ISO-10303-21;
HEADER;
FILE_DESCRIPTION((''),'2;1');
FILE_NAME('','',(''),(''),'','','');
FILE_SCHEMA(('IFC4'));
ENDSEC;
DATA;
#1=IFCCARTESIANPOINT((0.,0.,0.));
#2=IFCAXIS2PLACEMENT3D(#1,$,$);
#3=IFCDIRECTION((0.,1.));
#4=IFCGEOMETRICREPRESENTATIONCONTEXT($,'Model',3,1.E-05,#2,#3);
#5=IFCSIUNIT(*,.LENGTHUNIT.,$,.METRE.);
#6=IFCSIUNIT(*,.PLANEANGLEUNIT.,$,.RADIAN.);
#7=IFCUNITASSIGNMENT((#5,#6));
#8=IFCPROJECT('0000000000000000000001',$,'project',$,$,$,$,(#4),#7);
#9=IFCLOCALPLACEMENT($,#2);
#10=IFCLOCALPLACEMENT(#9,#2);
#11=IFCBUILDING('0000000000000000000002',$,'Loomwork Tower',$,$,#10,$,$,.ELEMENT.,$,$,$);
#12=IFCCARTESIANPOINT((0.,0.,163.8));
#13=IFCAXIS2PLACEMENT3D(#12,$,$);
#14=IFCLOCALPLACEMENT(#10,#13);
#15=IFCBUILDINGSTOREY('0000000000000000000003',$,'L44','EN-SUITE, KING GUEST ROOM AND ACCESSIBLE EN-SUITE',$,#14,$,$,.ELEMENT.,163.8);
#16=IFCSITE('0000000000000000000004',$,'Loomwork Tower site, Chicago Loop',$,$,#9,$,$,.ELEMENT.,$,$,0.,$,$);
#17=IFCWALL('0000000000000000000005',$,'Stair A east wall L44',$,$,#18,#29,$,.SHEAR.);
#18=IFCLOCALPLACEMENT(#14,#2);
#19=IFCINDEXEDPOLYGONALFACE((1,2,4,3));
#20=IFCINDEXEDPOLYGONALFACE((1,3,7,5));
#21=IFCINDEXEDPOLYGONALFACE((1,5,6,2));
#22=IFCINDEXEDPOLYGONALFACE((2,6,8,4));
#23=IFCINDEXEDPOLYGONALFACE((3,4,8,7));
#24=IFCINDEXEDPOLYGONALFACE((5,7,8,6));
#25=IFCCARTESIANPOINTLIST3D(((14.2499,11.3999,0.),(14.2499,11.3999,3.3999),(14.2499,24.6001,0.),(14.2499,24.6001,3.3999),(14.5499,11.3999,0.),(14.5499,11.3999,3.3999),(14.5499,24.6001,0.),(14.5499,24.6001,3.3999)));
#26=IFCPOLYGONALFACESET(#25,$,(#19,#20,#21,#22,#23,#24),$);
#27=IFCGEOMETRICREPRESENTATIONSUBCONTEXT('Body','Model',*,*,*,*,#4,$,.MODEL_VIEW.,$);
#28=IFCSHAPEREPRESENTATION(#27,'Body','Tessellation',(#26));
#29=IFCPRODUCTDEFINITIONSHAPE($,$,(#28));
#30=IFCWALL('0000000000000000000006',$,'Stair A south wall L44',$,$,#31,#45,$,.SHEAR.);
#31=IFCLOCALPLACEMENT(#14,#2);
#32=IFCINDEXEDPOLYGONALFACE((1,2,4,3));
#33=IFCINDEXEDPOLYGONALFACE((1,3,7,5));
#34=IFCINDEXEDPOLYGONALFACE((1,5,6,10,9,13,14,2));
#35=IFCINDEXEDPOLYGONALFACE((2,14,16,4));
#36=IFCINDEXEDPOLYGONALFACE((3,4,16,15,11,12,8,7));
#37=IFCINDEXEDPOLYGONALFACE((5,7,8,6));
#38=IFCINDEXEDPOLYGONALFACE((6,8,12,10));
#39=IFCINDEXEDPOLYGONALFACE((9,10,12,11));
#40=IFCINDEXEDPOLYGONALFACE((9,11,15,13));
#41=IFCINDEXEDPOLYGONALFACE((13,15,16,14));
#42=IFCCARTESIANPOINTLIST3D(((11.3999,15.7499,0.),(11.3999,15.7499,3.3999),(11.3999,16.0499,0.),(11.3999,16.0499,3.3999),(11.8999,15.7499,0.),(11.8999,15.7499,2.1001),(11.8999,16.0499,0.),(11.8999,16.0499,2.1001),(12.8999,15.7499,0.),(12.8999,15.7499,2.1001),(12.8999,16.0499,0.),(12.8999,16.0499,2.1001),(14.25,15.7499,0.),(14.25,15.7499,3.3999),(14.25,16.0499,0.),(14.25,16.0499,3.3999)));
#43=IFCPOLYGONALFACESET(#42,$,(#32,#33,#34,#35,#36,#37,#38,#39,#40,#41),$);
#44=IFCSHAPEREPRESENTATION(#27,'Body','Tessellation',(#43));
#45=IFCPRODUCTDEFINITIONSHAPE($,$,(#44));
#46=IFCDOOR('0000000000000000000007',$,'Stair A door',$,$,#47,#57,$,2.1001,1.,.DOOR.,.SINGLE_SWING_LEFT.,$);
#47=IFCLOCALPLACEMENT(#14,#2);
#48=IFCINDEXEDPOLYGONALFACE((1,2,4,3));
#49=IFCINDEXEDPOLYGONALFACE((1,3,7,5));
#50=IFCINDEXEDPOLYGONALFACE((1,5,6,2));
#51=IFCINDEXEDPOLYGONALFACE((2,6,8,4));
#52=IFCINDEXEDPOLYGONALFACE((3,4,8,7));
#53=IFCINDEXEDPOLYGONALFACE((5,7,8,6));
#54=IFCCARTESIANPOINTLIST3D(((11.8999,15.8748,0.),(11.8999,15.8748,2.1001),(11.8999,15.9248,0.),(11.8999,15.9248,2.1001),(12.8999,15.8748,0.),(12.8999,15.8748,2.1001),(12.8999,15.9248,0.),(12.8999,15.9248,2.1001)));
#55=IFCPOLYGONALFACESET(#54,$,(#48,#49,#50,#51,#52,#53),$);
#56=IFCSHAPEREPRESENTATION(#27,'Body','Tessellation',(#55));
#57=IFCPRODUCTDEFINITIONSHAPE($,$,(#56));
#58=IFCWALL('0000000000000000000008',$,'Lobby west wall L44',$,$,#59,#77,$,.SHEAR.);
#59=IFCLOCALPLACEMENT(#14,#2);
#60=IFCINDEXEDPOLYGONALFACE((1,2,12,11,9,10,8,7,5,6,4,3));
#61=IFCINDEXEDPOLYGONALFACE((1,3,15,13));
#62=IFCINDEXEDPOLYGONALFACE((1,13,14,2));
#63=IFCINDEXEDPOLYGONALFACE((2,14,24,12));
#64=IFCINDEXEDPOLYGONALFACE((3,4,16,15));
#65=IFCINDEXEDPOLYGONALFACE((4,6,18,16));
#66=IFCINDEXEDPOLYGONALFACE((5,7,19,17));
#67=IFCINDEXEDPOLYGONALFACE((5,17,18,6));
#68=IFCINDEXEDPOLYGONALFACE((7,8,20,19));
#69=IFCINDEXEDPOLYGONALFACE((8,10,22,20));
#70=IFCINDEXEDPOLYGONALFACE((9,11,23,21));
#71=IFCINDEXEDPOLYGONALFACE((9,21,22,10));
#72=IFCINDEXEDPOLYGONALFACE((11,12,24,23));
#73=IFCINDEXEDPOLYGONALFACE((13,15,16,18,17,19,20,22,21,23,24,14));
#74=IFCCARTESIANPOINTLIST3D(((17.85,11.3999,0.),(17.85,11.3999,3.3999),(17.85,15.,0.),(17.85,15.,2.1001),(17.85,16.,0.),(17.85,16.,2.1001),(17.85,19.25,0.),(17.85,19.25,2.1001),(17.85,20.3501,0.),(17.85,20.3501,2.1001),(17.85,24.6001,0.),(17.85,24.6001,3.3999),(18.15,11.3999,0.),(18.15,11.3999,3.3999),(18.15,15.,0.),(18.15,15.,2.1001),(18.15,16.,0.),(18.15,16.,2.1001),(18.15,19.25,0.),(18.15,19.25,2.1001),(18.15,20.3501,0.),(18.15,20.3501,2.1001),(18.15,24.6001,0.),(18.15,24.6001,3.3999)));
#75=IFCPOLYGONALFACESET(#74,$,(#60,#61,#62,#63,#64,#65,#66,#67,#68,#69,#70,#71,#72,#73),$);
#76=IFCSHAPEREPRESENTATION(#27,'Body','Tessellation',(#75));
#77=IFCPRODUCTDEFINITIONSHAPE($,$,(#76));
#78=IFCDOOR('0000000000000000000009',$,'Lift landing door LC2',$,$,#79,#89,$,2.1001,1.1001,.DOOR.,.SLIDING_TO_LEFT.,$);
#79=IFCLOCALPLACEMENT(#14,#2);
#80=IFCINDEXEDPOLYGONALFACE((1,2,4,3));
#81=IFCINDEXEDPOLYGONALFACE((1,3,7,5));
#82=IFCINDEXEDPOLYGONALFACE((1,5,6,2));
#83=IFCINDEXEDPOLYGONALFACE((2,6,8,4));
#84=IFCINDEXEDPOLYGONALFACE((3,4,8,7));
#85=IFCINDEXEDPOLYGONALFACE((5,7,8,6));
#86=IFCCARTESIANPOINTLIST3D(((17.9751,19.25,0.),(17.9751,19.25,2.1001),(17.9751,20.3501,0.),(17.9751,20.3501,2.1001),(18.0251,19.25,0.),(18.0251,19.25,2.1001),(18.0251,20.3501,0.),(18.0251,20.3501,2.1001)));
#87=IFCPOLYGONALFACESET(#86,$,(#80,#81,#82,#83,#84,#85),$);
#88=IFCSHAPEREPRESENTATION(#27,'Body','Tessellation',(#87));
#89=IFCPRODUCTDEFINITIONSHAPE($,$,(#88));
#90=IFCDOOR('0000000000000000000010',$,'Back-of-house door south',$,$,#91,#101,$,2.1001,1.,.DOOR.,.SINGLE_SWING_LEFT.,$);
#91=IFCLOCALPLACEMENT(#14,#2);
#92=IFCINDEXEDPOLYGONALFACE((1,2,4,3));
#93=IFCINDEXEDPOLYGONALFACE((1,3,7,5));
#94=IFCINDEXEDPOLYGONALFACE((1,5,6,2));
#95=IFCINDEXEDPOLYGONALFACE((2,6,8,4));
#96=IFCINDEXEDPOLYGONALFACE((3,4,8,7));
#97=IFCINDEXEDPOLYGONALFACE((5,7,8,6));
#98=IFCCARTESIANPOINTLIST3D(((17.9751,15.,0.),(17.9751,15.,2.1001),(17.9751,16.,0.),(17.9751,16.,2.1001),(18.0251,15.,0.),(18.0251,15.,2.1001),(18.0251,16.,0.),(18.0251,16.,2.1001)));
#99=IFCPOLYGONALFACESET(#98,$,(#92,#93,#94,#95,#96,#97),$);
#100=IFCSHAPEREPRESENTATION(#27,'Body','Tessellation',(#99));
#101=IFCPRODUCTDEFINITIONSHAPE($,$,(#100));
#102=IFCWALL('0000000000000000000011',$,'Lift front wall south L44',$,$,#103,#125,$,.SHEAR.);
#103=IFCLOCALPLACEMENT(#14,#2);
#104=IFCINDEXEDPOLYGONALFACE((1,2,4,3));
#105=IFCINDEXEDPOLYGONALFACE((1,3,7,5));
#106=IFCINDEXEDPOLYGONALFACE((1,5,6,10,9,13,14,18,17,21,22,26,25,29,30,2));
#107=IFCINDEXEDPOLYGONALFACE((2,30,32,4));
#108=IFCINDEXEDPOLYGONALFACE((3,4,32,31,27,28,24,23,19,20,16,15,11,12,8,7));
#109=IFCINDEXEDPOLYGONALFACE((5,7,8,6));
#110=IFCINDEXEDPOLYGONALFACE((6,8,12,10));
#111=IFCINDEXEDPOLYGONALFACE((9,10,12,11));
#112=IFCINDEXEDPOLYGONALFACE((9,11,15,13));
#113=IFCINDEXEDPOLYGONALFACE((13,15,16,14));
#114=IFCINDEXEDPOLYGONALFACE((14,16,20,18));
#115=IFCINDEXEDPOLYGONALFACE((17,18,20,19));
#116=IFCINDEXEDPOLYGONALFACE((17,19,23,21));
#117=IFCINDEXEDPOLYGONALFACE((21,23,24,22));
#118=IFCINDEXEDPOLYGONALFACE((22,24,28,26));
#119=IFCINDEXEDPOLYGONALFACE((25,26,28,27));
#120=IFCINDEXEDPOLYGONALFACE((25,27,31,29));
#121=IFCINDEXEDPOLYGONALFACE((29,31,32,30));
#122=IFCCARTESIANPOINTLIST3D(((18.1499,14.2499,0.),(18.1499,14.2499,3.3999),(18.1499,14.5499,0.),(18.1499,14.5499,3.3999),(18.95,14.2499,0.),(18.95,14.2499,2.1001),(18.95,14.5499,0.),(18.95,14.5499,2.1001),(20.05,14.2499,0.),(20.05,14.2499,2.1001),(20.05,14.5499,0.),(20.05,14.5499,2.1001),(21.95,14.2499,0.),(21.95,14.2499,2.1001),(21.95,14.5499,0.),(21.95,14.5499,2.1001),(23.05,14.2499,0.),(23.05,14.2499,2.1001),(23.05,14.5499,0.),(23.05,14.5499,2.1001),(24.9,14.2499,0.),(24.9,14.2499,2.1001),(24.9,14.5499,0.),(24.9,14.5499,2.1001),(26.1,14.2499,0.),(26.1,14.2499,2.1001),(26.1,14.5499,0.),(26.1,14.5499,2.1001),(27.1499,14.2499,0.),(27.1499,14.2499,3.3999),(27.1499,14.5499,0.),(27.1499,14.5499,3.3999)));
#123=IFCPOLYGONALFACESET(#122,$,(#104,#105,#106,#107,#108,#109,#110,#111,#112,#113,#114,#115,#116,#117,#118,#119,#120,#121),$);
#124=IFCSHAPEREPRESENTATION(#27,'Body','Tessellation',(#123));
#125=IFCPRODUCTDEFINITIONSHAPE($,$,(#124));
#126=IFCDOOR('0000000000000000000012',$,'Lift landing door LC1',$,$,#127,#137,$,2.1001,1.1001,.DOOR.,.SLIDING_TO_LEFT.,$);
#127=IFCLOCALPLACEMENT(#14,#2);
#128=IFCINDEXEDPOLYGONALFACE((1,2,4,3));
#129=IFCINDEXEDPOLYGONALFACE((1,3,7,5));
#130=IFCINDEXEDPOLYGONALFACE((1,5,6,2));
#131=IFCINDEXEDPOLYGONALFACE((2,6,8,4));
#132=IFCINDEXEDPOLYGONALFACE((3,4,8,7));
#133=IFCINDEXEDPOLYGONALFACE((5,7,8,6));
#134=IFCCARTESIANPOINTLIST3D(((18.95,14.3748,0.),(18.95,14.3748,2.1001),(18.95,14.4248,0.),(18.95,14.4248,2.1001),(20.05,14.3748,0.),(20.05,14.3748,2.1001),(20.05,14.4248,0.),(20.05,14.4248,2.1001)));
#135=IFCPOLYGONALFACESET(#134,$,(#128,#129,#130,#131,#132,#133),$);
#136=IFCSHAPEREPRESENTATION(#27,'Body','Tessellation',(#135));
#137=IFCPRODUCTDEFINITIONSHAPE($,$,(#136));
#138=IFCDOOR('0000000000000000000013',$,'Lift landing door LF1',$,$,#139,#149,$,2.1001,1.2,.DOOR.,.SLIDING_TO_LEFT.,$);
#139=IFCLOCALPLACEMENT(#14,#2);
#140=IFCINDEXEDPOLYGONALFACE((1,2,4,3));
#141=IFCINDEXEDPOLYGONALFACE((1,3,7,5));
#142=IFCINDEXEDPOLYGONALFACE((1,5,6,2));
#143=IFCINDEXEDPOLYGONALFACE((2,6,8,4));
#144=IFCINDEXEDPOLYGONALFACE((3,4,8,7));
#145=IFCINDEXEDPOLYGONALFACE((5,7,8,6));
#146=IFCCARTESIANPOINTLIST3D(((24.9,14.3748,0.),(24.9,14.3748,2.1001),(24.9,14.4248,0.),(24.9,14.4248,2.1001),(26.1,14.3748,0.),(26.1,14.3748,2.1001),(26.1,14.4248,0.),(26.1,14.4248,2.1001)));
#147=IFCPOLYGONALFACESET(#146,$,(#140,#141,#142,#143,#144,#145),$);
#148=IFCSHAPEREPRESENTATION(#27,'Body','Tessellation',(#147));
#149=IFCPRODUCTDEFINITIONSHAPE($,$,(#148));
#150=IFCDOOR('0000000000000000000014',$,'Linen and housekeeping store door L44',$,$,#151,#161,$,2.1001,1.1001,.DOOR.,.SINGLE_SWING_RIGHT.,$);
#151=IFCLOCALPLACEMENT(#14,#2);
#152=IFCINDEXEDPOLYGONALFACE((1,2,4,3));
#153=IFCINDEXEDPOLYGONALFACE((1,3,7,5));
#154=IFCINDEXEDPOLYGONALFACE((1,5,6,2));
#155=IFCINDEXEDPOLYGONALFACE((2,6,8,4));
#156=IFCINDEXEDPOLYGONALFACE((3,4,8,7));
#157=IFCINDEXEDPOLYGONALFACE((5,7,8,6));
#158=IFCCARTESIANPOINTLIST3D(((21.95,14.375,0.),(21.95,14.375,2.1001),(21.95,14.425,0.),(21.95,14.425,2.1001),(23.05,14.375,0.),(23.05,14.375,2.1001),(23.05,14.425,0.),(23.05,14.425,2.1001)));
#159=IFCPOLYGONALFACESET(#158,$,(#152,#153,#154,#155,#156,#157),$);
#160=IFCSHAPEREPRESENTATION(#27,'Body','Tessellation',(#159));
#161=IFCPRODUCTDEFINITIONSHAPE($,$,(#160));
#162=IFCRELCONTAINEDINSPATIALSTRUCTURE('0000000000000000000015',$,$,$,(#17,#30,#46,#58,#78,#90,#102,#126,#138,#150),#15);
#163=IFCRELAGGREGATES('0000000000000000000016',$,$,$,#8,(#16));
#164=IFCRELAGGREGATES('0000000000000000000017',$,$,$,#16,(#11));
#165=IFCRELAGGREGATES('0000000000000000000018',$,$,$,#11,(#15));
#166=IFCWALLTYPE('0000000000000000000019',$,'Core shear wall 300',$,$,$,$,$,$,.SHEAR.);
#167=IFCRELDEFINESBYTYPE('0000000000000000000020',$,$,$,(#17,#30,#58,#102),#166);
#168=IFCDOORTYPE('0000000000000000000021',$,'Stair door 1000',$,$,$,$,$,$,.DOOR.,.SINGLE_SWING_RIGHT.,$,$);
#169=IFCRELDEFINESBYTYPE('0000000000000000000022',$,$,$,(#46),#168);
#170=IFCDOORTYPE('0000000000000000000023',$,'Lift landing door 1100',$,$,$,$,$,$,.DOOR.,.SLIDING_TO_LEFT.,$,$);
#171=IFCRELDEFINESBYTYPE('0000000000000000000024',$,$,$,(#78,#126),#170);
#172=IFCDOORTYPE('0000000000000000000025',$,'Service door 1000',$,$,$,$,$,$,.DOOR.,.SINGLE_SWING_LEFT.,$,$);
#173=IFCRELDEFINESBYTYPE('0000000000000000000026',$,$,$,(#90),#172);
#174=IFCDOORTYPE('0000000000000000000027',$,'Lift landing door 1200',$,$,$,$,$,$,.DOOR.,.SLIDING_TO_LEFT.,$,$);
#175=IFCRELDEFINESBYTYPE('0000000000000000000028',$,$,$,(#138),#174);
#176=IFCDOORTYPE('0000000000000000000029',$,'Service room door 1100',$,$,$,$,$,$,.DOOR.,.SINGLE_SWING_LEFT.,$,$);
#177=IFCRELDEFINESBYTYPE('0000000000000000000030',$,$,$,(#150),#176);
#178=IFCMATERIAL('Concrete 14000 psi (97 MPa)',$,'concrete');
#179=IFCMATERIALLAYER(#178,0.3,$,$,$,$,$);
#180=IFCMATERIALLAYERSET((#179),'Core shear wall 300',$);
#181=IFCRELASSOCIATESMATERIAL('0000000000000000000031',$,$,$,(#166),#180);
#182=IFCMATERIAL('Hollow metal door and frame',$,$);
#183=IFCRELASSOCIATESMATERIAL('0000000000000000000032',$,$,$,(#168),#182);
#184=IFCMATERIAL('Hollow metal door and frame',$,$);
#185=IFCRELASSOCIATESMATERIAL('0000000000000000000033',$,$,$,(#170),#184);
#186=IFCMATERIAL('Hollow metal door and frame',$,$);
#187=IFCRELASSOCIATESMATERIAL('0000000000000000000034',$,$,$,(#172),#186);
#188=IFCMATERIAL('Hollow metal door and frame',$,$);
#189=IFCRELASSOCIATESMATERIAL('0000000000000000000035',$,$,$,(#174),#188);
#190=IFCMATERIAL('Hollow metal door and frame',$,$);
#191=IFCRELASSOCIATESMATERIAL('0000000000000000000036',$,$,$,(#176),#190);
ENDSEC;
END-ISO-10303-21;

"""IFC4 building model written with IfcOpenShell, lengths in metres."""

from ifc_helpers import new_model, si_unit, direction, frame, frame_2d, origin, place, context, subcontext, project, spatial, rectangle, extrude, material, layer, layer_set, type_object, element, fill, save


model = new_model("IFC4")

# Units and contexts
model_context = context("Model", 3, precision=1e-05, world=origin(), true_north=direction((0.0, 1.0)))
body_context = subcontext(model_context, "Body", "Model", "MODEL_VIEW")
ifc_project = project(units=[si_unit("LENGTHUNIT", "METRE"), si_unit("PLANEANGLEUNIT", "RADIAN")], contexts=[model_context])

# Site, building, storey
site_placement = place(None, origin())
site = spatial("IfcSite", under=ifc_project, at=site_placement, Name="Loomwork Tower site, Chicago Loop", CompositionType="ELEMENT", RefElevation=0.0)
building_placement = place(site_placement, origin())
building = spatial("IfcBuilding", under=site, at=building_placement, Name="Loomwork Tower", CompositionType="ELEMENT")
storey_placement = place(building_placement, frame((0.0, 0.0, 163.8)))
storey = spatial("IfcBuildingStorey", under=building, at=storey_placement, Name="L44", Description="EN-SUITE, KING GUEST ROOM AND ACCESSIBLE EN-SUITE", CompositionType="ELEMENT", Elevation=163.8)

# Wall
ifc_material_1 = material(Name="Concrete 14000 psi (97 MPa)", Category="concrete")
ifc_layer_1 = layer(ifc_material_1, 0.3)
ifc_layer_set_1 = layer_set([ifc_layer_1], Name="Core shear wall 300")
wall_type_1 = type_object("IfcWallType", Name="Core shear wall 300", PredefinedType="SHEAR", material=ifc_layer_set_1)
wall_1_placement = place(storey_placement, frame((14.3999, 11.3999, 0.0), z_axis=(0.0, 0.0, 1.0), x_axis=(0.0, 1.0, 0.0)))
element("IfcWall", 1, at=wall_1_placement, inside=storey, type_object=wall_type_1, Name="Stair A east wall L44", PredefinedType="SHEAR", context=body_context, shape_type="SweptSolid", body=[
    extrude(rectangle(XDim=13.2002, YDim=0.3, at=frame_2d((6.6001, 0.0))), origin(), (0.0, 0.0, 1.0), 3.3999),
])

# Wall, opening, door
wall_2_placement = place(storey_placement, frame((11.3999, 15.8999, 0.0), z_axis=(0.0, 0.0, 1.0), x_axis=(1.0, 0.0, 0.0)))
wall_2 = element("IfcWall", 2, at=wall_2_placement, inside=storey, type_object=wall_type_1, Name="Stair A south wall L44", PredefinedType="SHEAR", context=body_context, shape_type="SweptSolid", body=[
    extrude(rectangle(XDim=2.8501, YDim=0.3, at=frame_2d((1.425, 0.0))), origin(), (0.0, 0.0, 1.0), 3.3999),
])
opening_1_placement = place(wall_2_placement, frame((0.5, 0.0, 0.0)))
opening_1 = element("IfcOpeningElement", 3, at=opening_1_placement, cuts=wall_2, PredefinedType="OPENING", context=body_context, shape_type="SweptSolid", body=[
    extrude(rectangle(XDim=1.0, YDim=2.1001, at=frame_2d((0.5, 1.05))), frame((0.0, 0.1599, 0.0), z_axis=(0.0, -1.0, 0.0), x_axis=(1.0, 0.0, 0.0)), (0.0, 0.0, 1.0), 0.3201),
])
ifc_material_2 = material(Name="Hollow metal door and frame")
door_type_1 = type_object("IfcDoorType", Name="Stair door 1000", OperationType="SINGLE_SWING_RIGHT", PredefinedType="DOOR", material=ifc_material_2)
door_1_placement = place(opening_1_placement, origin())
door_1 = element("IfcDoor", 4, at=door_1_placement, inside=storey, type_object=door_type_1, Name="Stair A door", OperationType="SINGLE_SWING_LEFT", OverallHeight=2.1001, OverallWidth=1.0, PredefinedType="DOOR", context=body_context, shape_type="SweptSolid", body=[
    extrude(rectangle(XDim=1.0, YDim=2.1001, at=frame_2d((0.5, 1.05))), frame((0.0, 0.0249, 0.0), z_axis=(0.0, -1.0, 0.0), x_axis=(1.0, 0.0, 0.0)), (0.0, 0.0, 1.0), 0.05),
])
fill(opening_1, door_1)

# Walls, openings, doors
wall_3_placement = place(storey_placement, frame((18.0, 11.3999, 0.0), z_axis=(0.0, 0.0, 1.0), x_axis=(0.0, 1.0, 0.0)))
wall_3 = element("IfcWall", 5, at=wall_3_placement, inside=storey, type_object=wall_type_1, Name="Lobby west wall L44", PredefinedType="SHEAR", context=body_context, shape_type="SweptSolid", body=[
    extrude(rectangle(XDim=13.2002, YDim=0.3, at=frame_2d((6.6001, 0.0))), origin(), (0.0, 0.0, 1.0), 3.3999),
])
opening_2_placement = place(wall_3_placement, frame((3.6001, 0.0, 0.0)))
opening_2 = element("IfcOpeningElement", 6, at=opening_2_placement, cuts=wall_3, PredefinedType="OPENING", context=body_context, shape_type="SweptSolid", body=[
    extrude(rectangle(XDim=1.0, YDim=2.1001, at=frame_2d((0.5, 1.05))), frame((0.0, 0.1599, 0.0), z_axis=(0.0, -1.0, 0.0), x_axis=(1.0, 0.0, 0.0)), (0.0, 0.0, 1.0), 0.3201),
])
opening_3_placement = place(wall_3_placement, frame((7.8501, 0.0, 0.0)))
opening_3 = element("IfcOpeningElement", 7, at=opening_3_placement, cuts=wall_3, PredefinedType="OPENING", context=body_context, shape_type="SweptSolid", body=[
    extrude(rectangle(XDim=1.1001, YDim=2.1001, at=frame_2d((0.55, 1.05))), frame((0.0, 0.1599, 0.0), z_axis=(0.0, -1.0, 0.0), x_axis=(1.0, 0.0, 0.0)), (0.0, 0.0, 1.0), 0.3201),
])
ifc_material_3 = material(Name="Hollow metal door and frame")
door_type_2 = type_object("IfcDoorType", Name="Lift landing door 1100", OperationType="SLIDING_TO_LEFT", PredefinedType="DOOR", material=ifc_material_3)
door_2_placement = place(opening_3_placement, origin())
door_2 = element("IfcDoor", 8, at=door_2_placement, inside=storey, type_object=door_type_2, Name="Lift landing door LC2", OperationType="SLIDING_TO_LEFT", OverallHeight=2.1001, OverallWidth=1.1001, PredefinedType="DOOR", context=body_context, shape_type="SweptSolid", body=[
    extrude(rectangle(XDim=1.1001, YDim=2.1001, at=frame_2d((0.55, 1.05))), frame((0.0, 0.0249, 0.0), z_axis=(0.0, -1.0, 0.0), x_axis=(1.0, 0.0, 0.0)), (0.0, 0.0, 1.0), 0.05),
])
fill(opening_3, door_2)
ifc_material_4 = material(Name="Hollow metal door and frame")
door_type_3 = type_object("IfcDoorType", Name="Service door 1000", OperationType="SINGLE_SWING_LEFT", PredefinedType="DOOR", material=ifc_material_4)
door_3_placement = place(opening_2_placement, origin())
door_3 = element("IfcDoor", 9, at=door_3_placement, inside=storey, type_object=door_type_3, Name="Back-of-house door south", OperationType="SINGLE_SWING_LEFT", OverallHeight=2.1001, OverallWidth=1.0, PredefinedType="DOOR", context=body_context, shape_type="SweptSolid", body=[
    extrude(rectangle(XDim=1.0, YDim=2.1001, at=frame_2d((0.5, 1.05))), frame((0.0, 0.0249, 0.0), z_axis=(0.0, -1.0, 0.0), x_axis=(1.0, 0.0, 0.0)), (0.0, 0.0, 1.0), 0.05),
])
fill(opening_2, door_3)
wall_4_placement = place(storey_placement, frame((18.1499, 14.3999, 0.0), z_axis=(0.0, 0.0, 1.0), x_axis=(1.0, 0.0, 0.0)))
wall_4 = element("IfcWall", 10, at=wall_4_placement, inside=storey, type_object=wall_type_1, Name="Lift front wall south L44", PredefinedType="SHEAR", context=body_context, shape_type="SweptSolid", body=[
    extrude(rectangle(XDim=9.0, YDim=0.3, at=frame_2d((4.5, 0.0))), origin(), (0.0, 0.0, 1.0), 3.3999),
])
opening_4_placement = place(wall_4_placement, frame((0.8, 0.0, 0.0)))
opening_4 = element("IfcOpeningElement", 11, at=opening_4_placement, cuts=wall_4, PredefinedType="OPENING", context=body_context, shape_type="SweptSolid", body=[
    extrude(rectangle(XDim=1.1001, YDim=2.1001, at=frame_2d((0.55, 1.05))), frame((0.0, 0.1599, 0.0), z_axis=(0.0, -1.0, 0.0), x_axis=(1.0, 0.0, 0.0)), (0.0, 0.0, 1.0), 0.3201),
])
opening_5_placement = place(wall_4_placement, frame((6.75, 0.0, 0.0)))
opening_5 = element("IfcOpeningElement", 12, at=opening_5_placement, cuts=wall_4, PredefinedType="OPENING", context=body_context, shape_type="SweptSolid", body=[
    extrude(rectangle(XDim=1.2, YDim=2.1001, at=frame_2d((0.6001, 1.05))), frame((0.0, 0.1599, 0.0), z_axis=(0.0, -1.0, 0.0), x_axis=(1.0, 0.0, 0.0)), (0.0, 0.0, 1.0), 0.3201),
])
opening_6_placement = place(wall_4_placement, frame((3.8, 0.0, 0.0)))
opening_6 = element("IfcOpeningElement", 13, at=opening_6_placement, cuts=wall_4, PredefinedType="OPENING", context=body_context, shape_type="SweptSolid", body=[
    extrude(rectangle(XDim=1.1001, YDim=2.1001, at=frame_2d((0.55, 1.05))), frame((0.0, 0.1599, 0.0), z_axis=(0.0, -1.0, 0.0), x_axis=(1.0, 0.0, 0.0)), (0.0, 0.0, 1.0), 0.3201),
])
door_4_placement = place(opening_4_placement, origin())
door_4 = element("IfcDoor", 14, at=door_4_placement, inside=storey, type_object=door_type_2, Name="Lift landing door LC1", OperationType="SLIDING_TO_LEFT", OverallHeight=2.1001, OverallWidth=1.1001, PredefinedType="DOOR", context=body_context, shape_type="SweptSolid", body=[
    extrude(rectangle(XDim=1.1001, YDim=2.1001, at=frame_2d((0.55, 1.05))), frame((0.0, 0.0249, 0.0), z_axis=(0.0, -1.0, 0.0), x_axis=(1.0, 0.0, 0.0)), (0.0, 0.0, 1.0), 0.05),
])
fill(opening_4, door_4)
ifc_material_5 = material(Name="Hollow metal door and frame")
door_type_4 = type_object("IfcDoorType", Name="Lift landing door 1200", OperationType="SLIDING_TO_LEFT", PredefinedType="DOOR", material=ifc_material_5)
door_5_placement = place(opening_5_placement, origin())
door_5 = element("IfcDoor", 15, at=door_5_placement, inside=storey, type_object=door_type_4, Name="Lift landing door LF1", OperationType="SLIDING_TO_LEFT", OverallHeight=2.1001, OverallWidth=1.2, PredefinedType="DOOR", context=body_context, shape_type="SweptSolid", body=[
    extrude(rectangle(XDim=1.2, YDim=2.1001, at=frame_2d((0.6001, 1.05))), frame((0.0, 0.0249, 0.0), z_axis=(0.0, -1.0, 0.0), x_axis=(1.0, 0.0, 0.0)), (0.0, 0.0, 1.0), 0.05),
])
fill(opening_5, door_5)
ifc_material_6 = material(Name="Hollow metal door and frame")
door_type_5 = type_object("IfcDoorType", Name="Service room door 1100", OperationType="SINGLE_SWING_LEFT", PredefinedType="DOOR", material=ifc_material_6)
door_6_placement = place(opening_6_placement, frame((1.1001, 0.0, 0.0), z_axis=(0.0, 0.0, 1.0), x_axis=(-1.0, 0.0, 0.0)))
door_6 = element("IfcDoor", 16, at=door_6_placement, inside=storey, type_object=door_type_5, Name="Linen and housekeeping store door L44", OperationType="SINGLE_SWING_RIGHT", OverallHeight=2.1001, OverallWidth=1.1001, PredefinedType="DOOR", context=body_context, shape_type="SweptSolid", body=[
    extrude(rectangle(XDim=1.1001, YDim=2.1001, at=frame_2d((0.55, 1.05))), frame((0.0, 0.0249, 0.0), z_axis=(0.0, -1.0, 0.0), x_axis=(1.0, 0.0, 0.0)), (0.0, 0.0, 1.0), 0.05),
])
fill(opening_6, door_6)

save(model, "model.ifc")
